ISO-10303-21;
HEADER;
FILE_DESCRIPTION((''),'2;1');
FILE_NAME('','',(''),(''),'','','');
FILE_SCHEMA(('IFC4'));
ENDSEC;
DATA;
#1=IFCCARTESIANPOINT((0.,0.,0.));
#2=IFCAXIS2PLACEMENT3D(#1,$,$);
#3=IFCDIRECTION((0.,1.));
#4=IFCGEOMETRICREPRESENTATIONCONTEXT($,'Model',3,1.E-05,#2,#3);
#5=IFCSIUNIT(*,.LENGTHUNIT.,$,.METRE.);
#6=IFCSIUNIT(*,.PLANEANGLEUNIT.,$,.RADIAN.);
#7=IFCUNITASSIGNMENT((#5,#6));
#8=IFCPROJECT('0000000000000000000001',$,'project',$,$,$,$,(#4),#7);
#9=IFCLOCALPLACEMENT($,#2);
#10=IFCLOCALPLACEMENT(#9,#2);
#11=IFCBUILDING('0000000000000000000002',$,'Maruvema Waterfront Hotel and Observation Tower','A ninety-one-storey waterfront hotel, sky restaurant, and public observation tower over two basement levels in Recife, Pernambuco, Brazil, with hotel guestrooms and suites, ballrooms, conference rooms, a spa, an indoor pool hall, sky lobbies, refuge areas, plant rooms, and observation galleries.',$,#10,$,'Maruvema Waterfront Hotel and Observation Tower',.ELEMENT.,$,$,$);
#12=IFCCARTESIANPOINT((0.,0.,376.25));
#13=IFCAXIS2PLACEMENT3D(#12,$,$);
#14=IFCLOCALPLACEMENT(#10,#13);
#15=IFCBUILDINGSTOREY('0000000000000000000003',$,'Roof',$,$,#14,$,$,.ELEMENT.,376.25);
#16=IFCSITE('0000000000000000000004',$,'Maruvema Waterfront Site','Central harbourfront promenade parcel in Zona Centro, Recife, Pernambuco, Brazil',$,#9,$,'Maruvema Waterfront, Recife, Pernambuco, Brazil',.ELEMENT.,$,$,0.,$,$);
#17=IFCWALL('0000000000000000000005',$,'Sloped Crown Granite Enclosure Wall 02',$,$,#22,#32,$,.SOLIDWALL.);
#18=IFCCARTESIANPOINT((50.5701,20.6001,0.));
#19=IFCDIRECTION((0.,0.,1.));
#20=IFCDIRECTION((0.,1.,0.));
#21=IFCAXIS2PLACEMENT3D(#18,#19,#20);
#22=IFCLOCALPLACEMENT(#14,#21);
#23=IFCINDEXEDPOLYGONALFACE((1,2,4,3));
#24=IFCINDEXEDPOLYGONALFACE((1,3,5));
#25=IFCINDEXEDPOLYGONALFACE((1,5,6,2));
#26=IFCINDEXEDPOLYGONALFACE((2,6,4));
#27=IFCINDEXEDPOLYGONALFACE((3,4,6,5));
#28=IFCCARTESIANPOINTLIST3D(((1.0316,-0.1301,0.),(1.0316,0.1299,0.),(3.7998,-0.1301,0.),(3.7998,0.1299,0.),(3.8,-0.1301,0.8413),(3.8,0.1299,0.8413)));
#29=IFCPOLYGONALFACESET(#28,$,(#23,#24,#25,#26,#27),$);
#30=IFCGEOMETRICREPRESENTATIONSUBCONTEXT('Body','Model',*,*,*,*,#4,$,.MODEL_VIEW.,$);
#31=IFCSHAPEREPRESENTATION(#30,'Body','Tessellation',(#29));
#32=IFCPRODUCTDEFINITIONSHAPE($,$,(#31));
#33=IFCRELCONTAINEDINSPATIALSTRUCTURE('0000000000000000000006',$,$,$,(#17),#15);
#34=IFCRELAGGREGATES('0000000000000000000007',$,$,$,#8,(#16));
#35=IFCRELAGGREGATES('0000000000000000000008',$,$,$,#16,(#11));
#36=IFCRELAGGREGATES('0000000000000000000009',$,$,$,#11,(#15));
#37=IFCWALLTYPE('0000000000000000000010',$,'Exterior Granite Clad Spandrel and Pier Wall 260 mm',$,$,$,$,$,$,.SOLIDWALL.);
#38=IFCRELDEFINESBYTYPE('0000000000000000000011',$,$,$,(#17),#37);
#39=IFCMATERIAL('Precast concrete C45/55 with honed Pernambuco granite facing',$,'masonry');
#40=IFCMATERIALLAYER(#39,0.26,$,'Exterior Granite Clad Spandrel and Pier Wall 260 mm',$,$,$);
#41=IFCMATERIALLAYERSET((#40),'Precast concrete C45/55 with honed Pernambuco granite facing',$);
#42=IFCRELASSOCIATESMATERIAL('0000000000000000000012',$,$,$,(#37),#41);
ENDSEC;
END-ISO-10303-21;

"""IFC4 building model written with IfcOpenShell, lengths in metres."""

from ifc_helpers import new_model, si_unit, direction, frame, origin, place, context, subcontext, project, spatial, polyline, outline, extrude, material, layer, layer_set, type_object, element, save


model = new_model("IFC4")

# Units and contexts
model_context = context("Model", 3, precision=1e-05, world=origin(), true_north=direction((0.0, 1.0)))
body_context = subcontext(model_context, "Body", "Model", "MODEL_VIEW")
ifc_project = project(units=[si_unit("LENGTHUNIT", "METRE"), si_unit("PLANEANGLEUNIT", "RADIAN")], contexts=[model_context])

# Site, building, storey
site_placement = place(None, origin())
site = spatial("IfcSite", under=ifc_project, at=site_placement, Name="Maruvema Waterfront Site", Description="Central harbourfront promenade parcel in Zona Centro, Recife, Pernambuco, Brazil", LongName="Maruvema Waterfront, Recife, Pernambuco, Brazil", CompositionType="ELEMENT", RefElevation=0.0)
building_placement = place(site_placement, origin())
building = spatial("IfcBuilding", under=site, at=building_placement, Name="Maruvema Waterfront Hotel and Observation Tower", Description="A ninety-one-storey waterfront hotel, sky restaurant, and public observation tower over two basement levels in Recife, Pernambuco, Brazil, with hotel guestrooms and suites, ballrooms, conference rooms, a spa, an indoor pool hall, sky lobbies, refuge areas, plant rooms, and observation galleries.", LongName="Maruvema Waterfront Hotel and Observation Tower", CompositionType="ELEMENT")
storey_placement = place(building_placement, frame((0.0, 0.0, 376.25)))
storey = spatial("IfcBuildingStorey", under=building, at=storey_placement, Name="Roof", CompositionType="ELEMENT", Elevation=376.25)

# Wall
ifc_material_1 = material(Name="Precast concrete C45/55 with honed Pernambuco granite facing", Category="masonry")
ifc_layer_1 = layer(ifc_material_1, 0.26, Name="Exterior Granite Clad Spandrel and Pier Wall 260 mm")
ifc_layer_set_1 = layer_set([ifc_layer_1], Name="Precast concrete C45/55 with honed Pernambuco granite facing")
wall_type_1 = type_object("IfcWallType", Name="Exterior Granite Clad Spandrel and Pier Wall 260 mm", PredefinedType="SOLIDWALL", material=ifc_layer_set_1)
wall_1_placement = place(storey_placement, frame((50.5701, 20.6001, 0.0), z_axis=(0.0, 0.0, 1.0), x_axis=(0.0, 1.0, 0.0)))
element("IfcWall", 1, at=wall_1_placement, inside=storey, type_object=wall_type_1, Name="Sloped Crown Granite Enclosure Wall 02", PredefinedType="SOLIDWALL", context=body_context, shape_type="SweptSolid", body=[
    extrude(outline(polyline([(0.0, 0.0), (3.7998, 0.0), (3.8, 0.8413), (0.0, -0.3135), (0.0, 0.0)])), frame((0.0, 0.1299, 0.0), z_axis=(0.0, -1.0, 0.0), x_axis=(1.0, 0.0, 0.0)), (0.0, 0.0, 1.0), 0.26),
])

save(model, "model.ifc")
